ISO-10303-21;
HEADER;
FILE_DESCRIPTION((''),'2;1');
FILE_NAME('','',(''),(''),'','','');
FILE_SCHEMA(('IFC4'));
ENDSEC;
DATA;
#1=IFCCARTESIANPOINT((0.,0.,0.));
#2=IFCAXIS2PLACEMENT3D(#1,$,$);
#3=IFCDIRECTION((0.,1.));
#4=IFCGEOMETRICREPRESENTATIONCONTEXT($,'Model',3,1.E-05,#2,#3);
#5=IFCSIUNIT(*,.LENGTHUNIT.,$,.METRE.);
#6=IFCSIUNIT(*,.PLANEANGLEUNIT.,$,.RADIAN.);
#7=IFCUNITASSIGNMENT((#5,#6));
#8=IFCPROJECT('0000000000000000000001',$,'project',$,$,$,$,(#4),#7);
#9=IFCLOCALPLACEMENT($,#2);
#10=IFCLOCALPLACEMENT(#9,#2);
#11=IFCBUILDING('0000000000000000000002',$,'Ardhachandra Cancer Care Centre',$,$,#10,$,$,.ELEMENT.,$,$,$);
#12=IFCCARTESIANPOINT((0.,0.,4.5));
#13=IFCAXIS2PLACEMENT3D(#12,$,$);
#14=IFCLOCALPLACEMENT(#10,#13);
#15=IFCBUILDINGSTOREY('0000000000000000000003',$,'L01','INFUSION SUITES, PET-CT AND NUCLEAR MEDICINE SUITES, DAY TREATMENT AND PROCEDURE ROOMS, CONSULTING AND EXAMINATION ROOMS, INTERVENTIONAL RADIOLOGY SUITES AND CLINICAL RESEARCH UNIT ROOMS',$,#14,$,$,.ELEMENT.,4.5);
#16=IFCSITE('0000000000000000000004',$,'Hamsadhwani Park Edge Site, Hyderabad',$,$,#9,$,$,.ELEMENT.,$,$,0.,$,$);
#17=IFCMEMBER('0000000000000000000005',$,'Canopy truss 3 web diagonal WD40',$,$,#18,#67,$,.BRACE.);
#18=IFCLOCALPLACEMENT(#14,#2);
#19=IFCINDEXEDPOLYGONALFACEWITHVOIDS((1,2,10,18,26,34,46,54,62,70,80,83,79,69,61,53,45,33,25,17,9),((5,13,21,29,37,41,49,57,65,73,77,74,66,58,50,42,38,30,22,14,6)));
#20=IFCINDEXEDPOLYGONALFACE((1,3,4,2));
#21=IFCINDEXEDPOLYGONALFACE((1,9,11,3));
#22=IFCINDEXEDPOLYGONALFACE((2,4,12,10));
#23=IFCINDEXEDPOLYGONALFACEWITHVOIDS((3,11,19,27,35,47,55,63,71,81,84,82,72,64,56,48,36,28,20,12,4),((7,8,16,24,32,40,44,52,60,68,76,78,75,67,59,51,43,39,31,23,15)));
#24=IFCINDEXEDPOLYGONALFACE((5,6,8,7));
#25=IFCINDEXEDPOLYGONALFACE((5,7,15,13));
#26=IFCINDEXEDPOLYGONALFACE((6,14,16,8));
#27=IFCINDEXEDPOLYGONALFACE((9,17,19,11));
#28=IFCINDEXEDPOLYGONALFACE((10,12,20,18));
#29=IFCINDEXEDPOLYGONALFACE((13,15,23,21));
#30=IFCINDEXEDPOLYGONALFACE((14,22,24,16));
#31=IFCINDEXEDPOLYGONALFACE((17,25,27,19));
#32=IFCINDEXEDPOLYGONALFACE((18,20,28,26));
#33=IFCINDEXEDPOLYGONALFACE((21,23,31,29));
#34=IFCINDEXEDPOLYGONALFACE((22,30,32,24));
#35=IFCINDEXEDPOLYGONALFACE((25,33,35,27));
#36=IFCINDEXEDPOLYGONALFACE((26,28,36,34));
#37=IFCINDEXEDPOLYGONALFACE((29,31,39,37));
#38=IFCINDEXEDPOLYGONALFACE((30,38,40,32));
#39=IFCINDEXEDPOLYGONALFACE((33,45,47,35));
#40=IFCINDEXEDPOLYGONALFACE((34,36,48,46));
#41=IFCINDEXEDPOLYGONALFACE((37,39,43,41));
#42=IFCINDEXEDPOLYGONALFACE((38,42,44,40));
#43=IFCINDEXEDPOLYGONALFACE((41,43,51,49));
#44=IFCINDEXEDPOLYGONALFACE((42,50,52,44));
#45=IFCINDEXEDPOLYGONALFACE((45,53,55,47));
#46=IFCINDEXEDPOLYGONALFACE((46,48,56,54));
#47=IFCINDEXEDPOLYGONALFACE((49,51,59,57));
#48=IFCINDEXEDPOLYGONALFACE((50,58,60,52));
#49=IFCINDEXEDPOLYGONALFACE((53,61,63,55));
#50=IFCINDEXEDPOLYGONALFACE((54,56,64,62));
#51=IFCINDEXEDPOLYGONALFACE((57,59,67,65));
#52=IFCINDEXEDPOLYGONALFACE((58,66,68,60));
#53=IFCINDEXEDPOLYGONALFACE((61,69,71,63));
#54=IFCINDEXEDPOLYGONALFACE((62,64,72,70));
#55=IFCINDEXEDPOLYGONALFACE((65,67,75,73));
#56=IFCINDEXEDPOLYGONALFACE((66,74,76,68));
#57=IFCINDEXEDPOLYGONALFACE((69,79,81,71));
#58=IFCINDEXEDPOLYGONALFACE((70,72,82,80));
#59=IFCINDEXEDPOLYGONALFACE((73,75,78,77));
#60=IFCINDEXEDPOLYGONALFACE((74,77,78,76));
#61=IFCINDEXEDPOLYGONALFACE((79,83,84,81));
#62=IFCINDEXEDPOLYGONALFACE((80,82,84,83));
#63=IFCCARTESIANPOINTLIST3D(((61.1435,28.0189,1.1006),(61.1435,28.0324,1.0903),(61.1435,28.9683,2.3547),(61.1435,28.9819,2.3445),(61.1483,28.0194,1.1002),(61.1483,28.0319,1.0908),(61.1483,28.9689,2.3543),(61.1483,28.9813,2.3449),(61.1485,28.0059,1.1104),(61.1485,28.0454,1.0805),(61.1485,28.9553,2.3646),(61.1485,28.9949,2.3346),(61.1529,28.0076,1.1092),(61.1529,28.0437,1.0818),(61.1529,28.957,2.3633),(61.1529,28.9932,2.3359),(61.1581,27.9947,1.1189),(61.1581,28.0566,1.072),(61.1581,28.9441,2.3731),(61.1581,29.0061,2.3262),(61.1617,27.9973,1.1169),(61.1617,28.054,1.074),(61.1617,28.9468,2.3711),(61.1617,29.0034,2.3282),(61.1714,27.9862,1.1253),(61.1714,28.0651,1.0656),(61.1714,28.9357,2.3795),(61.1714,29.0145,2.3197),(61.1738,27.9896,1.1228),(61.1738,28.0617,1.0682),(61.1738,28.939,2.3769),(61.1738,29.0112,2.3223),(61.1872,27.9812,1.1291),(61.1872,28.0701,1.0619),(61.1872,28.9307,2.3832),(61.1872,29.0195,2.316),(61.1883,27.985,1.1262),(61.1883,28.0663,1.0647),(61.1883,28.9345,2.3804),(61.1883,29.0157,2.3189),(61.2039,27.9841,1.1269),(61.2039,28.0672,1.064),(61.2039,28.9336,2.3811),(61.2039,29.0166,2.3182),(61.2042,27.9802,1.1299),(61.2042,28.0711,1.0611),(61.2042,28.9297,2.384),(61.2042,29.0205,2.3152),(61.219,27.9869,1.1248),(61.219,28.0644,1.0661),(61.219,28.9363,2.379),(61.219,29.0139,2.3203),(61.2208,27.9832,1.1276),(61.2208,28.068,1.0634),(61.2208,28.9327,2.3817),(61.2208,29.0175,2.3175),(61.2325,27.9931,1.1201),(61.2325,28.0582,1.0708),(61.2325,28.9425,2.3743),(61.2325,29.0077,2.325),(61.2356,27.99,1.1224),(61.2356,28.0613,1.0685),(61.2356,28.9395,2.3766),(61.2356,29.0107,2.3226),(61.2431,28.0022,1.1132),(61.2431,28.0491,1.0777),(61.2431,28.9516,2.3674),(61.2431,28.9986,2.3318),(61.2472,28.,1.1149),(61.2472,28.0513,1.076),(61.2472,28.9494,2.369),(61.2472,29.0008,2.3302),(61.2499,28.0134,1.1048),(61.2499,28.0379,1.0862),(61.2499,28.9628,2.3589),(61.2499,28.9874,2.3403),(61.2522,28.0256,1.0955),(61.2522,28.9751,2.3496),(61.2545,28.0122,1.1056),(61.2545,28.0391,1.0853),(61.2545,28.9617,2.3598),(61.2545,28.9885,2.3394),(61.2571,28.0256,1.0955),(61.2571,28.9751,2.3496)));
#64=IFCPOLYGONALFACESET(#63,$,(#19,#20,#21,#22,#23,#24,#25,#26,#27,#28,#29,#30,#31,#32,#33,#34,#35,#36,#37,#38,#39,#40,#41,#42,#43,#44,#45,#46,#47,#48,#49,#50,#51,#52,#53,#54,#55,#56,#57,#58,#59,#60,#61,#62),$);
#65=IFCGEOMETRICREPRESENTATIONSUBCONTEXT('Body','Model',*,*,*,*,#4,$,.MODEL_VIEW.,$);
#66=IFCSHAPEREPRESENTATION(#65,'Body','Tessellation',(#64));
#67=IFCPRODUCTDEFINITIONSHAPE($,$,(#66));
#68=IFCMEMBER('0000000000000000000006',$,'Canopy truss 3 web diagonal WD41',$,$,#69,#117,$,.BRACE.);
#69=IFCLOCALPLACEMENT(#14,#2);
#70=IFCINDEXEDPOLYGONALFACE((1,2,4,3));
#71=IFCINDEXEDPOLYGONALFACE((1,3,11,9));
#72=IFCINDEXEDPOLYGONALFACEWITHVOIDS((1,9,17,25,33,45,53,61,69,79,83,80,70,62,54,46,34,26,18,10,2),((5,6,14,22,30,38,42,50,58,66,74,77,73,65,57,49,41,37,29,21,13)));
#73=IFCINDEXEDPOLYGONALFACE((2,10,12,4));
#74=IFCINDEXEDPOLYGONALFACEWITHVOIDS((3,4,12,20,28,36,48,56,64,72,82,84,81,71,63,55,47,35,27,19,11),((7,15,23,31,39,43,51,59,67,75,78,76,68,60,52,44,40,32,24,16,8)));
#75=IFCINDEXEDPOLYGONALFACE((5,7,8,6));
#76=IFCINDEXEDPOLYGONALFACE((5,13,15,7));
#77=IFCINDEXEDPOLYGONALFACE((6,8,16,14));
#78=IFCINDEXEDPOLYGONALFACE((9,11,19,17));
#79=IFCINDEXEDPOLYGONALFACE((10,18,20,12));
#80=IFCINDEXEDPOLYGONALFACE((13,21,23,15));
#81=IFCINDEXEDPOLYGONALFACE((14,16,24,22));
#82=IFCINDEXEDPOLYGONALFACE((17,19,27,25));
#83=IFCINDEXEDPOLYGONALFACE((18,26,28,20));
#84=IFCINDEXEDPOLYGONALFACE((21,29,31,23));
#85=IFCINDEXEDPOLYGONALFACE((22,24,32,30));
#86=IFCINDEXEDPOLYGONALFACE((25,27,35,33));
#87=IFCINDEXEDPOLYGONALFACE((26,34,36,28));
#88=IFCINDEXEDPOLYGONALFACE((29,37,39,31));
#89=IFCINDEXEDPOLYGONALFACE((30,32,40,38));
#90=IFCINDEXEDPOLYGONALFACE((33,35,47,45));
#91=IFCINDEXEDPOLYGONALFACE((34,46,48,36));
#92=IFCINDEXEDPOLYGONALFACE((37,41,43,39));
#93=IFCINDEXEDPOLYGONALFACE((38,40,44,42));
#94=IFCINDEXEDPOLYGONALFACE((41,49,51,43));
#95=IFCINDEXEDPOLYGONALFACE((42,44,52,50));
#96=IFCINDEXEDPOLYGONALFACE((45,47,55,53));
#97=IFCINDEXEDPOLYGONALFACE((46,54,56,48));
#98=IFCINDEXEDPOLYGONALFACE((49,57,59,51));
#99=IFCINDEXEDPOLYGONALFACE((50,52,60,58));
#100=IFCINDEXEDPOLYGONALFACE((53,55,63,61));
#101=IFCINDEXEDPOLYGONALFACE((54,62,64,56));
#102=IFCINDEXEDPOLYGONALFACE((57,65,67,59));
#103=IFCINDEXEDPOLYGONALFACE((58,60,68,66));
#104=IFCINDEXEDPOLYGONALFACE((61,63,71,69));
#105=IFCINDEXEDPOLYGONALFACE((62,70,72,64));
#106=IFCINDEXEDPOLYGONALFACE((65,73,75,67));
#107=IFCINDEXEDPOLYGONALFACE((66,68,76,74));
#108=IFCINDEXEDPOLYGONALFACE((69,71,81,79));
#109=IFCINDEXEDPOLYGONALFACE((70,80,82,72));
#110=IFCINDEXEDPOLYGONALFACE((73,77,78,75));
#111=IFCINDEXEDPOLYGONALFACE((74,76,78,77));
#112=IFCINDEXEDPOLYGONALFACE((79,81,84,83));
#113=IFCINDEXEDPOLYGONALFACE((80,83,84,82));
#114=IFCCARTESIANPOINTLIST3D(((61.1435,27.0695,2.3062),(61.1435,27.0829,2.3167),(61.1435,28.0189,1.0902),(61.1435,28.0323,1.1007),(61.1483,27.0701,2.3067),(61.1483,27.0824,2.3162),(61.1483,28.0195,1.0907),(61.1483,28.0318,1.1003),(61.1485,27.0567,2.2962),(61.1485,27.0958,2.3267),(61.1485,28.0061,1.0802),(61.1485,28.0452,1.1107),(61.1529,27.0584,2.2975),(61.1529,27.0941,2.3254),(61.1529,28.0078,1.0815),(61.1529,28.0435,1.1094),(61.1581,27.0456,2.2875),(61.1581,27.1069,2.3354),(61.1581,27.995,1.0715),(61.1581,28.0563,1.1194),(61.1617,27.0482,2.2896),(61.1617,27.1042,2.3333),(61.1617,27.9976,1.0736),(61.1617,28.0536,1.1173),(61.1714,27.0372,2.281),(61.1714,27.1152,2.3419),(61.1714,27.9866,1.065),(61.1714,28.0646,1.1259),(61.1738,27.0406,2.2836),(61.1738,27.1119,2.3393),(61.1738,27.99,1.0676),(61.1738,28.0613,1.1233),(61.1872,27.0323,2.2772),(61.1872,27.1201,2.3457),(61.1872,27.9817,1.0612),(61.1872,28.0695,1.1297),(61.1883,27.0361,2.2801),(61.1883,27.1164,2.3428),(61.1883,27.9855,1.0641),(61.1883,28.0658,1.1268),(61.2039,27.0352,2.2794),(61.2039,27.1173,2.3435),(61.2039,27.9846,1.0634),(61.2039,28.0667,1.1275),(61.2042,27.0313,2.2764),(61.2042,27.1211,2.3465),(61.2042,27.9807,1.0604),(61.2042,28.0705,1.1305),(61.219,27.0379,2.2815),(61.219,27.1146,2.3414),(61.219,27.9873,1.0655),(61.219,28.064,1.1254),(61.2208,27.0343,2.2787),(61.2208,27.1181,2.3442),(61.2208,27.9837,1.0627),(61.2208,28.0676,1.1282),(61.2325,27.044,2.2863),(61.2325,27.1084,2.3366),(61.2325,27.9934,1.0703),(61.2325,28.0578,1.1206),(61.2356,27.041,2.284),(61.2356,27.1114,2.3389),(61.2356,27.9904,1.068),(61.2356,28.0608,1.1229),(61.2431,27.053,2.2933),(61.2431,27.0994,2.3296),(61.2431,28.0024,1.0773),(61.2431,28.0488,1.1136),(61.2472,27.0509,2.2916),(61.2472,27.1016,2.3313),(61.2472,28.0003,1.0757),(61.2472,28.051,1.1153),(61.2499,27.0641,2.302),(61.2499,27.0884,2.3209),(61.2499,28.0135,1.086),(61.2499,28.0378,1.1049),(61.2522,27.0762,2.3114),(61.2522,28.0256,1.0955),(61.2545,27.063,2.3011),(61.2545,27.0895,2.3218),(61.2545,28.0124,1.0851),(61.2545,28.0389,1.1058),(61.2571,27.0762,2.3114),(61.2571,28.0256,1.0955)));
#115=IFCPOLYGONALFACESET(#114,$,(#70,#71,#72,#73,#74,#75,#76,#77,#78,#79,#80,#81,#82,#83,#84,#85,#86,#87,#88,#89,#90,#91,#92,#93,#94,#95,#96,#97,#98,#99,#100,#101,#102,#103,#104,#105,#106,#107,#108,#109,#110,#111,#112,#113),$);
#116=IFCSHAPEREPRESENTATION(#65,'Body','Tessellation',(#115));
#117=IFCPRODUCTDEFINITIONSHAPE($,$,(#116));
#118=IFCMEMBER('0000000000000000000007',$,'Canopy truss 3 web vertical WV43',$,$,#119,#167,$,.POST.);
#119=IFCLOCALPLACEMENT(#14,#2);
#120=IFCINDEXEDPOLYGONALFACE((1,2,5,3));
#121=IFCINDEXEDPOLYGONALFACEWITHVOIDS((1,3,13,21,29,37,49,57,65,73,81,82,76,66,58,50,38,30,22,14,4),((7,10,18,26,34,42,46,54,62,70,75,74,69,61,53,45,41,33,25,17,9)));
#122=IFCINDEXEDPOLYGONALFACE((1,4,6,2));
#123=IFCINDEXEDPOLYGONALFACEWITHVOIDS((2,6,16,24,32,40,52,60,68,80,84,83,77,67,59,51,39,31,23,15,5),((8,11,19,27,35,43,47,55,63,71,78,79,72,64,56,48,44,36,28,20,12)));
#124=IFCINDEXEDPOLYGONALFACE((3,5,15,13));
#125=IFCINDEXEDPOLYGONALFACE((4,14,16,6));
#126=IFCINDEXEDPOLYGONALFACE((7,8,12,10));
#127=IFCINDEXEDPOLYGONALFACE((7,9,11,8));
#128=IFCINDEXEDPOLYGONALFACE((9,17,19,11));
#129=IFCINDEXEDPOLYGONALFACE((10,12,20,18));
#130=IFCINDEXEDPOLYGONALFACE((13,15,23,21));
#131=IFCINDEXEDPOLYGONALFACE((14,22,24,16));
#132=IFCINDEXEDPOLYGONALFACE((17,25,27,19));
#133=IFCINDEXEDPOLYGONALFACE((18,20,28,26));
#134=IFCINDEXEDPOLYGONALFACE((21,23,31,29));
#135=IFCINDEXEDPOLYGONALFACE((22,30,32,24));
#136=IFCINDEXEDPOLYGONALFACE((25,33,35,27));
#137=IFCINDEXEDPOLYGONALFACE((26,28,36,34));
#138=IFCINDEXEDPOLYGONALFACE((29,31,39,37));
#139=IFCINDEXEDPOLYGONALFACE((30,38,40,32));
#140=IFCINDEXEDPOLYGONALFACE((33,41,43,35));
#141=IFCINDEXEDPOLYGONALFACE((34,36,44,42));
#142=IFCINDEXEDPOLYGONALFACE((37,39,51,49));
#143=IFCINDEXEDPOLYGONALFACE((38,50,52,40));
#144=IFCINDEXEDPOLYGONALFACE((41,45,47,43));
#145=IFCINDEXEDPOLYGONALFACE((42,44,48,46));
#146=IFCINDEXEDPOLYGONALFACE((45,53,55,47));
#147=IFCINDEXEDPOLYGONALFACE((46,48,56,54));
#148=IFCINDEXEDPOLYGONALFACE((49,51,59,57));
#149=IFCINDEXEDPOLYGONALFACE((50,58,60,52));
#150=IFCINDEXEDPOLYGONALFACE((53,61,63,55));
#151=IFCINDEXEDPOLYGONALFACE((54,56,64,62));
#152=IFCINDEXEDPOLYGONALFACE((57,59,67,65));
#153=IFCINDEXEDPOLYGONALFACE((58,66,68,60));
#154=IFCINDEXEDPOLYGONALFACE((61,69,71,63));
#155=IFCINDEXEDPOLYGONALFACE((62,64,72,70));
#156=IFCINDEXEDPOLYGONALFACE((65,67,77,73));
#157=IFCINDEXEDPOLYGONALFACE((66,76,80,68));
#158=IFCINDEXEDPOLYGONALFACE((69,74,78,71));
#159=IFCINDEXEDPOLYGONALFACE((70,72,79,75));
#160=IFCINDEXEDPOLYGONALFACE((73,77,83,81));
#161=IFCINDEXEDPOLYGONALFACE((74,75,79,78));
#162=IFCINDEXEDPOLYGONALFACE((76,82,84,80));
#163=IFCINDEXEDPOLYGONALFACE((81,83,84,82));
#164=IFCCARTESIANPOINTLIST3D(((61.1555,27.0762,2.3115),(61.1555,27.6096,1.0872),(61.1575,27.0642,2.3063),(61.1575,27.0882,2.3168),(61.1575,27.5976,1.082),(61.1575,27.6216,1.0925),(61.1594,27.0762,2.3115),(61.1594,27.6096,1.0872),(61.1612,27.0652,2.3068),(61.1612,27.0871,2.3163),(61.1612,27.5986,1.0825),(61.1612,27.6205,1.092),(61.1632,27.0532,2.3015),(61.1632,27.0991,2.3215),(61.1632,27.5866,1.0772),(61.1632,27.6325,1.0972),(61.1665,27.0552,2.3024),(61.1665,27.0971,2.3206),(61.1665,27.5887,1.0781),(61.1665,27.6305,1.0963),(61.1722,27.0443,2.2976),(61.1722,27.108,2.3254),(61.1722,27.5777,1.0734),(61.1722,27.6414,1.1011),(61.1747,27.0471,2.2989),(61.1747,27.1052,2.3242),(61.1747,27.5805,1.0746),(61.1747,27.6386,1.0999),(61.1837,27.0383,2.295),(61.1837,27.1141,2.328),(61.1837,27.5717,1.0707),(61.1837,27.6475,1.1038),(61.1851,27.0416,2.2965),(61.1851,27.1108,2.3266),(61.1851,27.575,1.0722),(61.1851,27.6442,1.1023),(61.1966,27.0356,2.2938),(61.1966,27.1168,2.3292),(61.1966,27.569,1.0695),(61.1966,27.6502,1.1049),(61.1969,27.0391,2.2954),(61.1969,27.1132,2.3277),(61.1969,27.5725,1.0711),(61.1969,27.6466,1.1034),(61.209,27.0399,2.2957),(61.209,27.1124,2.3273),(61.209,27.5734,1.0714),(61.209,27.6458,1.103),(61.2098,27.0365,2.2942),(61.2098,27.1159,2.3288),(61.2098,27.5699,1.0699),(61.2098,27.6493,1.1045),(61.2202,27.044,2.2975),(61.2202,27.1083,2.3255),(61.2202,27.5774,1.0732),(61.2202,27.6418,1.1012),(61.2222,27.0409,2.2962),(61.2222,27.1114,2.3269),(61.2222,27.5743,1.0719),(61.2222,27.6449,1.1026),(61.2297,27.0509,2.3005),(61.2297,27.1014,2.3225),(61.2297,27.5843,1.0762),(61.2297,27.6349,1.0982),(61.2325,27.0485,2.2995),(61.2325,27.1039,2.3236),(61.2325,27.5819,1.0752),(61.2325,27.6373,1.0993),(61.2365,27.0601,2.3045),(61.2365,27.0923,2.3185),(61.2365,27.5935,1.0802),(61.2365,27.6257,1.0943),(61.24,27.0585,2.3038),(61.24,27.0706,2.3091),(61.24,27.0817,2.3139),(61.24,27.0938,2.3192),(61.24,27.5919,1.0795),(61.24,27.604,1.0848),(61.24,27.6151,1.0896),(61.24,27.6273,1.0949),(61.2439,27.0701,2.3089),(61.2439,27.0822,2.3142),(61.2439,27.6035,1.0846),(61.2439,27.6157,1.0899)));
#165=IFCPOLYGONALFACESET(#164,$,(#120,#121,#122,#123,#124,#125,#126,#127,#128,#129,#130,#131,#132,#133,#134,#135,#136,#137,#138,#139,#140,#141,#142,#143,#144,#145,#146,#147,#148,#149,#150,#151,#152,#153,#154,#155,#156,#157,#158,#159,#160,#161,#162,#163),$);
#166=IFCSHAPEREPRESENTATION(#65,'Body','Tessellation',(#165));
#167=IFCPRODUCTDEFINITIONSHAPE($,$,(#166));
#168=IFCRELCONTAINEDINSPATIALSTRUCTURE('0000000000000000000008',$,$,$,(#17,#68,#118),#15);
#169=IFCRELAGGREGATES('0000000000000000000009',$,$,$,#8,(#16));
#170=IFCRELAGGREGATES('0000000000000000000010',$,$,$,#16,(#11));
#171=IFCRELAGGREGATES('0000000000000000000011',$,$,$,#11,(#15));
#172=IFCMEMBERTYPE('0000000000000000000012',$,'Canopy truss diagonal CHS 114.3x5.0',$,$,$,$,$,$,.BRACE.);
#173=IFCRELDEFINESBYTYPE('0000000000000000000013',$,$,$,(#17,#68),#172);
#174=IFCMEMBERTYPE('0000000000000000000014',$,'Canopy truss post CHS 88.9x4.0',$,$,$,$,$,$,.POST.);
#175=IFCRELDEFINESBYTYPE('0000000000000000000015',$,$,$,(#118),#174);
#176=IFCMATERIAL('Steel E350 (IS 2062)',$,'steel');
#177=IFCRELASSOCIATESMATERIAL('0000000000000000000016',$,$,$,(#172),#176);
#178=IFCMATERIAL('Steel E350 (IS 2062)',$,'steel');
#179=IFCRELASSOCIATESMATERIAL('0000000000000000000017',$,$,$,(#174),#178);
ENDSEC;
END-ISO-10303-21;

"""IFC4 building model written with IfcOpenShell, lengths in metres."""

from ifc_helpers import new_model, si_unit, direction, frame, origin, origin_2d, place, context, subcontext, project, spatial, hollow_circle, extrude, material, material_profile, profile_set, type_object, element, save


model = new_model("IFC4")

# Units and contexts
model_context = context("Model", 3, precision=1e-05, world=origin(), true_north=direction((0.0, 1.0)))
body_context = subcontext(model_context, "Body", "Model", "MODEL_VIEW")
ifc_project = project(units=[si_unit("LENGTHUNIT", "METRE"), si_unit("PLANEANGLEUNIT", "RADIAN")], contexts=[model_context])

# Site, building, storey
site_placement = place(None, origin())
site = spatial("IfcSite", under=ifc_project, at=site_placement, Name="Hamsadhwani Park Edge Site, Hyderabad", CompositionType="ELEMENT", RefElevation=0.0)
building_placement = place(site_placement, origin())
building = spatial("IfcBuilding", under=site, at=building_placement, Name="Ardhachandra Cancer Care Centre", CompositionType="ELEMENT")
storey_placement = place(building_placement, frame((0.0, 0.0, 4.5)))
storey = spatial("IfcBuildingStorey", under=building, at=storey_placement, Name="L01", Description="INFUSION SUITES, PET-CT AND NUCLEAR MEDICINE SUITES, DAY TREATMENT AND PROCEDURE ROOMS, CONSULTING AND EXAMINATION ROOMS, INTERVENTIONAL RADIOLOGY SUITES AND CLINICAL RESEARCH UNIT ROOMS", CompositionType="ELEMENT", Elevation=4.5)

# Members
ifc_material_1 = material(Name="Steel E350 (IS 2062)", Category="steel")
ifc_material_profile_1 = material_profile(ifc_material_1, hollow_circle(Radius=0.0571, WallThickness=0.0049, at=origin_2d()), Name="CHS 114.3x5.0")
ifc_profile_set_1 = profile_set([ifc_material_profile_1], Name="Steel E350 (IS 2062)")
member_type_1 = type_object("IfcMemberType", Name="Canopy truss diagonal CHS 114.3x5.0", PredefinedType="BRACE", material=ifc_profile_set_1)
member_1_placement = place(storey_placement, frame((61.2, 28.9751, 2.3496), z_axis=(0.0, -0.603595, -0.797291), x_axis=(1.0, 0.0, 0.0)))
element("IfcMember", 1, at=member_1_placement, inside=storey, type_object=member_type_1, Name="Canopy truss 3 web diagonal WD40", PredefinedType="BRACE", context=body_context, shape_type="SweptSolid", body=[
    extrude(hollow_circle(Radius=0.0571, WallThickness=0.0049, at=origin_2d()), origin(), (0.0, 0.0, 1.0), 1.573),
])
member_2_placement = place(storey_placement, frame((61.2, 28.0256, 1.0955), z_axis=(0.0, -0.615408, 0.788209), x_axis=(1.0, 0.0, 0.0)))
element("IfcMember", 2, at=member_2_placement, inside=storey, type_object=member_type_1, Name="Canopy truss 3 web diagonal WD41", PredefinedType="BRACE", context=body_context, shape_type="SweptSolid", body=[
    extrude(hollow_circle(Radius=0.0571, WallThickness=0.0049, at=origin_2d()), origin(), (0.0, 0.0, 1.0), 1.5427),
])
ifc_material_2 = material(Name="Steel E350 (IS 2062)", Category="steel")
ifc_material_profile_2 = material_profile(ifc_material_2, hollow_circle(Radius=0.0444, WallThickness=0.0039, at=origin_2d()), Name="CHS 88.9x4.0")
ifc_profile_set_2 = profile_set([ifc_material_profile_2], Name="Steel E350 (IS 2062)")
member_type_2 = type_object("IfcMemberType", Name="Canopy truss post CHS 88.9x4.0", PredefinedType="POST", material=ifc_profile_set_2)
member_3_placement = place(storey_placement, frame((61.2, 27.0762, 2.3115), z_axis=(0.0, 0.399428, -0.916765), x_axis=(-1.0, 0.0, 0.0)))
element("IfcMember", 3, at=member_3_placement, inside=storey, type_object=member_type_2, Name="Canopy truss 3 web vertical WV43", PredefinedType="POST", context=body_context, shape_type="SweptSolid", body=[
    extrude(hollow_circle(Radius=0.0444, WallThickness=0.0039, at=origin_2d()), origin(), (0.0, 0.0, 1.0), 1.3354),
])

save(model, "model.ifc")
